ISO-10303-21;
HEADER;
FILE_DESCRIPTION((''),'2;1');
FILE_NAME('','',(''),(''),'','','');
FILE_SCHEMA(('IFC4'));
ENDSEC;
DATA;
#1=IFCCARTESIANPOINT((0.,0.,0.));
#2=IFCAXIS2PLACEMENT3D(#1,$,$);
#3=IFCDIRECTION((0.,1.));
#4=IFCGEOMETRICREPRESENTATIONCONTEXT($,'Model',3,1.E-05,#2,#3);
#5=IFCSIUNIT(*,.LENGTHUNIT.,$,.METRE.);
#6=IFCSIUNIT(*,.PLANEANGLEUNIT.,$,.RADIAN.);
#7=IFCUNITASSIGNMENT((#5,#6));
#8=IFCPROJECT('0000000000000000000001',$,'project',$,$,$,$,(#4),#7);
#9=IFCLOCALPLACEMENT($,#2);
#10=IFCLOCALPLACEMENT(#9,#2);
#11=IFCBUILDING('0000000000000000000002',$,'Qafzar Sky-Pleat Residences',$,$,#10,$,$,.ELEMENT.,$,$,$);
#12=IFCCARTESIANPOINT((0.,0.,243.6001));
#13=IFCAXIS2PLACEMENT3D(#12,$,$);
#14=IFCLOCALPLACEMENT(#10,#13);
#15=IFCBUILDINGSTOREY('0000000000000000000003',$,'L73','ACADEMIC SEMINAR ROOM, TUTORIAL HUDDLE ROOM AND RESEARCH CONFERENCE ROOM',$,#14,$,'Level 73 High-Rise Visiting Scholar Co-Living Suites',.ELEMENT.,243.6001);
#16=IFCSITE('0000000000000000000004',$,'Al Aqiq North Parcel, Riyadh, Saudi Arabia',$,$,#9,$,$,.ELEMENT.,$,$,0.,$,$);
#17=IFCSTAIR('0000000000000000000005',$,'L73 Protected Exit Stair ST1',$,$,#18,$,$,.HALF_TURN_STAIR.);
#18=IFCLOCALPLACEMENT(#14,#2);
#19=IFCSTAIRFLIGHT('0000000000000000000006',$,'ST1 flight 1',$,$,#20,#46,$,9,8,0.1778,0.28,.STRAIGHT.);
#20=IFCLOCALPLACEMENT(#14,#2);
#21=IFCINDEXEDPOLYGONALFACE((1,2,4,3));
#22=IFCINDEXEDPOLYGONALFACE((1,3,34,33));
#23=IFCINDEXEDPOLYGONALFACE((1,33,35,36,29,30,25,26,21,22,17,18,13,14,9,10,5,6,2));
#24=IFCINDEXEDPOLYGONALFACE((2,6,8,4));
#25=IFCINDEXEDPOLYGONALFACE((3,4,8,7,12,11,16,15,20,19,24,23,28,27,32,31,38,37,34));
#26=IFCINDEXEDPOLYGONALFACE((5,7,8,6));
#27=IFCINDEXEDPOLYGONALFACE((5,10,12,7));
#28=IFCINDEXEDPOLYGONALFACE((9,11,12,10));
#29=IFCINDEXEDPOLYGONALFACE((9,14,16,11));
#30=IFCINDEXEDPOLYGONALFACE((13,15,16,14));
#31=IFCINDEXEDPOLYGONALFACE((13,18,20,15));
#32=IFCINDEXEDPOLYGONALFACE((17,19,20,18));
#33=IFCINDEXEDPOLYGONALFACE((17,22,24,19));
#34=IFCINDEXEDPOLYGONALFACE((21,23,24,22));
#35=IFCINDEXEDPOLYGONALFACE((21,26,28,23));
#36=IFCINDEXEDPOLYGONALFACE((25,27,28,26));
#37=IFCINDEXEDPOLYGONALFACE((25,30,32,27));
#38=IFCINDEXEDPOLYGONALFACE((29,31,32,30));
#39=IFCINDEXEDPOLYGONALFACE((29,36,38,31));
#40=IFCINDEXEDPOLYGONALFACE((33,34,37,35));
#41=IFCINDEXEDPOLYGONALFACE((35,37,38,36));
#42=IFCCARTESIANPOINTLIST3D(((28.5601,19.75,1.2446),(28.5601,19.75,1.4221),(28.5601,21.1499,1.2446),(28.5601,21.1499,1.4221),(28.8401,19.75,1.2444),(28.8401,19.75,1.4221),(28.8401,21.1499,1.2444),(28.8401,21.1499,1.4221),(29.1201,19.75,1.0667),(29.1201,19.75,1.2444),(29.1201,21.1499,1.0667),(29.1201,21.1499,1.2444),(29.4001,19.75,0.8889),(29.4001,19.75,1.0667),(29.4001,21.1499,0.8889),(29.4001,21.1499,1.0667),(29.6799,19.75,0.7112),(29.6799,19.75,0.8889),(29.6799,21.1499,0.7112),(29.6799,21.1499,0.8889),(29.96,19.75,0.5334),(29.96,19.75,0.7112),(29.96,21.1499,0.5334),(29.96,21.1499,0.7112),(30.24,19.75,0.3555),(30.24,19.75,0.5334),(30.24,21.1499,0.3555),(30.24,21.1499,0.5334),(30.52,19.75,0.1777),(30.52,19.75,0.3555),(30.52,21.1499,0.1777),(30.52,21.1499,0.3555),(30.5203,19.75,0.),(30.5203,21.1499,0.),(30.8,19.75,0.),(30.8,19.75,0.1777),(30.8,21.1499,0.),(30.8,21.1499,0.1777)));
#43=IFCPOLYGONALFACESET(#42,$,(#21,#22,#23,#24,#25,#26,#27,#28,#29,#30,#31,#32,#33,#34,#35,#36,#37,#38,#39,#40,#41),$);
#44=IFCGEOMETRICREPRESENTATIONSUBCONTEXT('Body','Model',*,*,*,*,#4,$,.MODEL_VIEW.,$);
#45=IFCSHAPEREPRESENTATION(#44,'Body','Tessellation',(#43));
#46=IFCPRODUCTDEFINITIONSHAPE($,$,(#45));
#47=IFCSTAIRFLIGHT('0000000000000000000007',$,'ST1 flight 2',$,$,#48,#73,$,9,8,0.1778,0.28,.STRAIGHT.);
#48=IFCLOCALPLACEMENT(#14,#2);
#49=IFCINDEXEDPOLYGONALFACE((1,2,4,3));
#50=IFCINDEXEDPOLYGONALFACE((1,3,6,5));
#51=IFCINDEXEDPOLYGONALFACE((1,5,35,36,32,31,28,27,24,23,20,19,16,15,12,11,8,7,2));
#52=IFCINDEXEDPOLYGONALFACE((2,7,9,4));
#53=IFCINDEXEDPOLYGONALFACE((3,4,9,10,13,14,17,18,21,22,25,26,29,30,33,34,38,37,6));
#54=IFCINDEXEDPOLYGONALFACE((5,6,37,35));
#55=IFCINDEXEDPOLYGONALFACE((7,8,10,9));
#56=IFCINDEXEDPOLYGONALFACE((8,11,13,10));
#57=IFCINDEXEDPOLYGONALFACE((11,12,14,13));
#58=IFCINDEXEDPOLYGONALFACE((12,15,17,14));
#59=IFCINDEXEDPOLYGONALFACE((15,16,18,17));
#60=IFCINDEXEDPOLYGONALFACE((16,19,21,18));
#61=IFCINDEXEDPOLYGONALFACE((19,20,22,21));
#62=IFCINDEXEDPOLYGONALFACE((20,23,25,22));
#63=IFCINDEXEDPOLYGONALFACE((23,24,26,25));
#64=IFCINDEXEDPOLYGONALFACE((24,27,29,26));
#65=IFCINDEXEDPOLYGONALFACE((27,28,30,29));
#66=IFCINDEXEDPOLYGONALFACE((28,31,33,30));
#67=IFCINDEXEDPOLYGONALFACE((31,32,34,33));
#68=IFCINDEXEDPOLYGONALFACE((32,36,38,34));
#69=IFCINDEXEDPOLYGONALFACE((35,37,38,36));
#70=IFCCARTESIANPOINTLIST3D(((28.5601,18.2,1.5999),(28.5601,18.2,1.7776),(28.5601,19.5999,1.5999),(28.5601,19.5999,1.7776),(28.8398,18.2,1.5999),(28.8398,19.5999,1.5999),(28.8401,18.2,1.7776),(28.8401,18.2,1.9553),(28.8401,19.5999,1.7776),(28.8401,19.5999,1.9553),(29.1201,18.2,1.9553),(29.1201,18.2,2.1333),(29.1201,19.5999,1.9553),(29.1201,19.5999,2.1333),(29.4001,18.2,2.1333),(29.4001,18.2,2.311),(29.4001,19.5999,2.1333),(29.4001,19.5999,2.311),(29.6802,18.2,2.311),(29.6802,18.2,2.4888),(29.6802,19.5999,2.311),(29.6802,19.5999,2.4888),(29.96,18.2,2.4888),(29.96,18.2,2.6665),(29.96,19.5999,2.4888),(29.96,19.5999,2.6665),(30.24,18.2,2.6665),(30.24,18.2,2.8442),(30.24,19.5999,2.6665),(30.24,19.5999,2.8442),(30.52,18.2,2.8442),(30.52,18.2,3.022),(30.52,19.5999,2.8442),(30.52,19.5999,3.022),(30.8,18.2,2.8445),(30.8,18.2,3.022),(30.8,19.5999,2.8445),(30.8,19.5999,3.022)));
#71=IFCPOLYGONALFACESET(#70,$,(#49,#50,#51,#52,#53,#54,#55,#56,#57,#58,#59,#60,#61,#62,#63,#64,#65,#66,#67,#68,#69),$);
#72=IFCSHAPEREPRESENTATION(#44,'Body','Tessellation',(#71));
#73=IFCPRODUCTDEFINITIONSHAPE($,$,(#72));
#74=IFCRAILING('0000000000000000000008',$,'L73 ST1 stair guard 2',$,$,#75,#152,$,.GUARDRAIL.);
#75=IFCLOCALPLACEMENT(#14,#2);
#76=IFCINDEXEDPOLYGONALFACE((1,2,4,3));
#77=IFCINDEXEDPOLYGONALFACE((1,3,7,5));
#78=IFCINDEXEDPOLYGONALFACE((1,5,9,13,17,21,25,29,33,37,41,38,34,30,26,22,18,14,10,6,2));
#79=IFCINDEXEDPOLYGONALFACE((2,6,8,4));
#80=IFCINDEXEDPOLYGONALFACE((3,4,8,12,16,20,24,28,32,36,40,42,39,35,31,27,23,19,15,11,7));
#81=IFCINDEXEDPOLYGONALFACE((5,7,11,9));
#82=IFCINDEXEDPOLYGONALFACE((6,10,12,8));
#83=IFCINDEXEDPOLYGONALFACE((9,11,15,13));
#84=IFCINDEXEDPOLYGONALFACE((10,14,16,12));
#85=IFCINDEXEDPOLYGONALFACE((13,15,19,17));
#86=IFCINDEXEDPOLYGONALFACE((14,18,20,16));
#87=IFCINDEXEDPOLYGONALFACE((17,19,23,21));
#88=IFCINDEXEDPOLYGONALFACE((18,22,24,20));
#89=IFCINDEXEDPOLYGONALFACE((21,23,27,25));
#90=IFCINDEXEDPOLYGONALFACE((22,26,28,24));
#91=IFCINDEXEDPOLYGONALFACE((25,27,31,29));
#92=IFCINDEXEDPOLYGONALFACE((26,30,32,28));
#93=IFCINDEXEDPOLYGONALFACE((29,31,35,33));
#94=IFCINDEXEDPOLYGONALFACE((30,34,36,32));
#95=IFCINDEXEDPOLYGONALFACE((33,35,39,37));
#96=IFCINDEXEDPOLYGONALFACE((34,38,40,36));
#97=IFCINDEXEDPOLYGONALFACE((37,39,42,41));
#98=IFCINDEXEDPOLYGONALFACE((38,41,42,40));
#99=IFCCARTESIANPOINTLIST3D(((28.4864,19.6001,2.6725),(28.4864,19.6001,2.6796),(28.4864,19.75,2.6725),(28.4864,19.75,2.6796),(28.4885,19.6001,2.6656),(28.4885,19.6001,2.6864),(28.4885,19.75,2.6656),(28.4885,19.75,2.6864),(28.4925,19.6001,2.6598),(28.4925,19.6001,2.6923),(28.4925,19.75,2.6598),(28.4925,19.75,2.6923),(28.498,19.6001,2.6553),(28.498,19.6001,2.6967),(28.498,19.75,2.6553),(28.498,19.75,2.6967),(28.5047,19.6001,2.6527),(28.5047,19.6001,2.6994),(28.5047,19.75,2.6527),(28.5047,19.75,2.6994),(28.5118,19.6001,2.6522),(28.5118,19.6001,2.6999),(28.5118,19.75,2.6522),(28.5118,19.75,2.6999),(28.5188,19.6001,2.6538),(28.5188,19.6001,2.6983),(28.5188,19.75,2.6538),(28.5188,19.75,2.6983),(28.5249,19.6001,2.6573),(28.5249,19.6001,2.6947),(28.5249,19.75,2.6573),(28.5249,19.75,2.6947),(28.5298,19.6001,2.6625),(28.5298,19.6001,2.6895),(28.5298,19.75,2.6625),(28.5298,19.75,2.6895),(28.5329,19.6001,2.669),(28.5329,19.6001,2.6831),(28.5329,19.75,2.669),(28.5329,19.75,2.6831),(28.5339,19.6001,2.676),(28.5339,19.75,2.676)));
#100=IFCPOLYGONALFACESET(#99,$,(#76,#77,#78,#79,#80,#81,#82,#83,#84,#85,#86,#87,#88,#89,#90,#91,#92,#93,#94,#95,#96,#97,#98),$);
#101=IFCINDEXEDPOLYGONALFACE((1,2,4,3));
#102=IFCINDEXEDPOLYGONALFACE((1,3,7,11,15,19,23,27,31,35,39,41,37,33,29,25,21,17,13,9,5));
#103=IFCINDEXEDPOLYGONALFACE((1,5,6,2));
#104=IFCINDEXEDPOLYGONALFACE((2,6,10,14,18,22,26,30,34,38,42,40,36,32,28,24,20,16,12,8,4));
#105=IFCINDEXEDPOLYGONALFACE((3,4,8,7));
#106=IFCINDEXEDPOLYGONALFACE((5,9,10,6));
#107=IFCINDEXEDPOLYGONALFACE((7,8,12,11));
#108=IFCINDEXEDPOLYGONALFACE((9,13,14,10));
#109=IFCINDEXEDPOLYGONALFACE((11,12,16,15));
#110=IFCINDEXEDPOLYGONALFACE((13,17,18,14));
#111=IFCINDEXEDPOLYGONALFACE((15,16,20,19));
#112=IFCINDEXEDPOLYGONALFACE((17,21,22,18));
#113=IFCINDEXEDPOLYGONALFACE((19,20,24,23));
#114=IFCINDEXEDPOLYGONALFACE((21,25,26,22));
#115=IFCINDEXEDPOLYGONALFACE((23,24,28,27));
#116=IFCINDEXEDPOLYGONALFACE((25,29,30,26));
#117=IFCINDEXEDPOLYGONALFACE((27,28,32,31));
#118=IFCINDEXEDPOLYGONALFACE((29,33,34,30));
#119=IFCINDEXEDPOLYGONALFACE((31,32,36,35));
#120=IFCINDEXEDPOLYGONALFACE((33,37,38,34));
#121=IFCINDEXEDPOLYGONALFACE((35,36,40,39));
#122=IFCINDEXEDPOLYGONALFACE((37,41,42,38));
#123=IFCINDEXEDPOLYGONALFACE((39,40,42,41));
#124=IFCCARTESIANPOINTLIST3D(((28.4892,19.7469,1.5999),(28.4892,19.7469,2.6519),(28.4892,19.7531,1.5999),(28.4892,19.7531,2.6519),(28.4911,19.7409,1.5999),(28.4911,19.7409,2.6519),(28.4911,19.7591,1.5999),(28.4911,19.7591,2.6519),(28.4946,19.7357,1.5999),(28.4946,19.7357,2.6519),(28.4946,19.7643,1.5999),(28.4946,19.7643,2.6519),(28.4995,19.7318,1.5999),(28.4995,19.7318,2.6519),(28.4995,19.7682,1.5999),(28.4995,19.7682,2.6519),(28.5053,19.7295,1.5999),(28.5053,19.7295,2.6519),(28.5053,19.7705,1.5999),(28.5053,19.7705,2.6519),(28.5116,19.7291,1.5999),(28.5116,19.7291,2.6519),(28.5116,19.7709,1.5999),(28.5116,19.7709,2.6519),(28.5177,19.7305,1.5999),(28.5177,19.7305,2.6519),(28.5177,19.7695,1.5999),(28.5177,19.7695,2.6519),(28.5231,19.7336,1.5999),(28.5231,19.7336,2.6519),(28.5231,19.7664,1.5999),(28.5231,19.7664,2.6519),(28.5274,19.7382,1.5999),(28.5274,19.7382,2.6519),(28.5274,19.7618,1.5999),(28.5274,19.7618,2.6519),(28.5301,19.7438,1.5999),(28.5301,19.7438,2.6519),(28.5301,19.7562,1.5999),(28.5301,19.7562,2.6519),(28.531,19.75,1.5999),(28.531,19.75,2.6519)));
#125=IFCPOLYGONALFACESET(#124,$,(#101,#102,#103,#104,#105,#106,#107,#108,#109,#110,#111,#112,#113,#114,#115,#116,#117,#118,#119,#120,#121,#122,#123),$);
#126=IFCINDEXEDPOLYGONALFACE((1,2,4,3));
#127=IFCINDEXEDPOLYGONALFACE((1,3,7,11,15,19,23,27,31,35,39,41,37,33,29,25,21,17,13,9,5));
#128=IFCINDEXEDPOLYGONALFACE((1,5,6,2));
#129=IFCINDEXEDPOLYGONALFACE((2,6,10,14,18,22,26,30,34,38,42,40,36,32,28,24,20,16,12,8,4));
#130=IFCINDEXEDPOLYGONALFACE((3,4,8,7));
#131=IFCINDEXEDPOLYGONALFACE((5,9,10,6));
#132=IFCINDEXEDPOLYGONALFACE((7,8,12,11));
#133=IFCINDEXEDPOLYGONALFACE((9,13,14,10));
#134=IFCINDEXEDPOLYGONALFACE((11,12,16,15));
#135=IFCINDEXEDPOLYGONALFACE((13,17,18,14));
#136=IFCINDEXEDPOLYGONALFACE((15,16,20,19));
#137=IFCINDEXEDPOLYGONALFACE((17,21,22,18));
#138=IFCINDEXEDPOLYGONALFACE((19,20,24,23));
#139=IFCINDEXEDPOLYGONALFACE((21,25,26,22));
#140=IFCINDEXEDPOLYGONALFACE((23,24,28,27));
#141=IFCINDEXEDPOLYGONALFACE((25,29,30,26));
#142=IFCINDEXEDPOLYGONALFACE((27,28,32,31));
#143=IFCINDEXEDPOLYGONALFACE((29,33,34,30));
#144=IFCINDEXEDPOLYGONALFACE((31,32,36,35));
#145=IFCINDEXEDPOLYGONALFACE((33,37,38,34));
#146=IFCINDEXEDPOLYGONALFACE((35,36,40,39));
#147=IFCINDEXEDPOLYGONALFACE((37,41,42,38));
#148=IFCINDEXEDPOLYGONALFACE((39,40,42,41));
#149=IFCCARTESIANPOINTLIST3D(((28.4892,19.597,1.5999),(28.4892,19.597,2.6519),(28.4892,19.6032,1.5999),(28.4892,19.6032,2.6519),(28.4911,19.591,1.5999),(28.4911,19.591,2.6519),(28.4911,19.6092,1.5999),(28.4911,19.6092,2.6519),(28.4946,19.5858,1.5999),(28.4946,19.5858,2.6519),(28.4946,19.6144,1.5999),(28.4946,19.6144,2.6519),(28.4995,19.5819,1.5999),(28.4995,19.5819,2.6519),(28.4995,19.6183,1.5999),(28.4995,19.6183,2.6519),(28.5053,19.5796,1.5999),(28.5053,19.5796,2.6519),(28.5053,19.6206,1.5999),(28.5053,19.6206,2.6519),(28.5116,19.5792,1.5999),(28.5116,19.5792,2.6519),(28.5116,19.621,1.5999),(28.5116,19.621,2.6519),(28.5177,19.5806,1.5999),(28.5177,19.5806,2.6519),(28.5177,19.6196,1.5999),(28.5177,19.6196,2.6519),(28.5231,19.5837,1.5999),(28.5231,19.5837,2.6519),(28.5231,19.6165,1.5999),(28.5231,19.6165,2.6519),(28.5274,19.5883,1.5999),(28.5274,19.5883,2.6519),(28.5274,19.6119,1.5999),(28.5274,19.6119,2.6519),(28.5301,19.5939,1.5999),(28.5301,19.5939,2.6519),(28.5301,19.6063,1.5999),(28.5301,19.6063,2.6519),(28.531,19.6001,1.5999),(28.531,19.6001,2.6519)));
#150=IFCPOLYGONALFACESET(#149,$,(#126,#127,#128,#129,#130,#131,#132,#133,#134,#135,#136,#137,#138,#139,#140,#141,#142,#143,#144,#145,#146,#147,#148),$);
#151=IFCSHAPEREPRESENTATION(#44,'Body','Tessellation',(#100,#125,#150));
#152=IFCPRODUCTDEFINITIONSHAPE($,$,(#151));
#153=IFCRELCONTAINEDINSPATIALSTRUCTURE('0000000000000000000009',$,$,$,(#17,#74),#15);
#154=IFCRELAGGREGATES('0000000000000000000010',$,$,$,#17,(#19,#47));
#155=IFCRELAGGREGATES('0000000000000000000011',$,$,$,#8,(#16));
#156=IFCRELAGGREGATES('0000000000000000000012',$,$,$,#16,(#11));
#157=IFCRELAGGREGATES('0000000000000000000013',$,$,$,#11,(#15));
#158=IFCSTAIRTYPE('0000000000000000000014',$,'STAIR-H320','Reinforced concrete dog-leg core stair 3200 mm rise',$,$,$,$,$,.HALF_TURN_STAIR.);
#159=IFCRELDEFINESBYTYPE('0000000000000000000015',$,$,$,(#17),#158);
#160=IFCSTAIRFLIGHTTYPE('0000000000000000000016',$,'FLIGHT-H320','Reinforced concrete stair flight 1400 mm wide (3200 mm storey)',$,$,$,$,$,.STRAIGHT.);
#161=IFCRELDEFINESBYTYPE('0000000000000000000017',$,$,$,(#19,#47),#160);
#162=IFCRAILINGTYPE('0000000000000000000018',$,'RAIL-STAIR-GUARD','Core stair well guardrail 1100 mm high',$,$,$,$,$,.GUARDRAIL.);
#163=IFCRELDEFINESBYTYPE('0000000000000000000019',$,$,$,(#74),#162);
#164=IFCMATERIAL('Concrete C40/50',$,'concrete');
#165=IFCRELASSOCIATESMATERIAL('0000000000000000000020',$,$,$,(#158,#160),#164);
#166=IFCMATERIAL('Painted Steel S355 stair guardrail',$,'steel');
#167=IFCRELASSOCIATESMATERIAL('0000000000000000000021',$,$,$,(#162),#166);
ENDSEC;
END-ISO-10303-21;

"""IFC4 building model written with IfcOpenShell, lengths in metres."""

from ifc_helpers import new_model, si_unit, direction, frame, origin, origin_2d, place, context, subcontext, project, spatial, polyline, circle, outline, extrude, source, transform, mapped, material, type_object, element, aggregate, save


model = new_model("IFC4")

# Units and contexts
model_context = context("Model", 3, precision=1e-05, world=origin(), true_north=direction((0.0, 1.0)))
body_context = subcontext(model_context, "Body", "Model", "MODEL_VIEW")
ifc_project = project(units=[si_unit("LENGTHUNIT", "METRE"), si_unit("PLANEANGLEUNIT", "RADIAN")], contexts=[model_context])

# Site, building, storey
site_placement = place(None, origin())
site = spatial("IfcSite", under=ifc_project, at=site_placement, Name="Al Aqiq North Parcel, Riyadh, Saudi Arabia", CompositionType="ELEMENT", RefElevation=0.0)
building_placement = place(site_placement, origin())
building = spatial("IfcBuilding", under=site, at=building_placement, Name="Qafzar Sky-Pleat Residences", CompositionType="ELEMENT")
storey_placement = place(building_placement, frame((0.0, 0.0, 243.6001)))
storey = spatial("IfcBuildingStorey", under=building, at=storey_placement, Name="L73", Description="ACADEMIC SEMINAR ROOM, TUTORIAL HUDDLE ROOM AND RESEARCH CONFERENCE ROOM", LongName="Level 73 High-Rise Visiting Scholar Co-Living Suites", CompositionType="ELEMENT", Elevation=243.6001)

# Stair, stair flights
ifc_material_1 = material(Name="Concrete C40/50", Category="concrete")
stair_type = type_object("IfcStairType", Name="STAIR-H320", Description="Reinforced concrete dog-leg core stair 3200 mm rise", PredefinedType="HALF_TURN_STAIR", material=ifc_material_1)
stair_placement = place(storey_placement, origin())
stair = element("IfcStair", 1, at=stair_placement, inside=storey, type_object=stair_type, Name="L73 Protected Exit Stair ST1", PredefinedType="HALF_TURN_STAIR")
stair_flight_type = type_object("IfcStairFlightType", Name="FLIGHT-H320", Description="Reinforced concrete stair flight 1400 mm wide (3200 mm storey)", PredefinedType="STRAIGHT", material=ifc_material_1)
shared_shape_1 = source(origin(), body_context, "Body", "SweptSolid", [
    extrude(outline(polyline([(0.0, 0.0), (0.0, 0.1777), (0.28, 0.1777), (0.28, 0.3555), (0.5601, 0.3555), (0.5601, 0.5334), (0.8401, 0.5334), (0.8401, 0.7112), (1.1201, 0.7112), (1.1201, 0.8889), (1.3999, 0.8889), (1.3999, 1.0667), (1.6799, 1.0667), (1.6799, 1.2444), (1.96, 1.2444), (1.96, 1.4221), (2.24, 1.4221), (2.24, 1.6001), (2.24, 1.2446), (0.2798, 0.0), (0.0, 0.0)])), frame((0.0, 0.7, 0.0), z_axis=(0.0, -1.0, 0.0), x_axis=(1.0, 0.0, 0.0)), (0.0, 0.0, 1.0), 1.3999),
])
stair_flight_1_placement = place(storey_placement, frame((30.8, 20.45, 0.0), z_axis=(0.0, 0.0, 1.0), x_axis=(-1.0, 0.0, 0.0)))
stair_flight_1 = element("IfcStairFlight", 2, at=stair_flight_1_placement, type_object=stair_flight_type, Name="ST1 flight 1", NumberOfRisers=9, NumberOfTreads=8, PredefinedType="STRAIGHT", RiserHeight=0.1778, TreadLength=0.28, context=body_context, shape_type="MappedRepresentation", body=[
    mapped(shared_shape_1, transform((0.0, 0.0, 0.0), x_axis=(1.0, 0.0, 0.0), y_axis=(0.0, 1.0, 0.0), z_axis=(0.0, 0.0, 1.0), scale=1.0)),
])
stair_flight_2_placement = place(storey_placement, frame((28.5601, 18.8999, 1.5999), z_axis=(0.0, 0.0, 1.0), x_axis=(1.0, 0.0, 0.0)))
stair_flight_2 = element("IfcStairFlight", 3, at=stair_flight_2_placement, type_object=stair_flight_type, Name="ST1 flight 2", NumberOfRisers=9, NumberOfTreads=8, PredefinedType="STRAIGHT", RiserHeight=0.1778, TreadLength=0.28, context=body_context, shape_type="MappedRepresentation", body=[
    mapped(shared_shape_1, transform((0.0, 0.0, 0.0), x_axis=(1.0, 0.0, 0.0), y_axis=(0.0, 1.0, 0.0), z_axis=(0.0, 0.0, 1.0), scale=1.0)),
])
aggregate(stair, [stair_flight_1, stair_flight_2])

# Railing
ifc_material_2 = material(Name="Painted Steel S355 stair guardrail", Category="steel")
railing_type_1 = type_object("IfcRailingType", Name="RAIL-STAIR-GUARD", Description="Core stair well guardrail 1100 mm high", PredefinedType="GUARDRAIL", material=ifc_material_2)
shared_shape_2 = source(origin(), body_context, "Body", "SweptSolid", [
    extrude(circle(Radius=0.0239, at=origin_2d()), frame((0.0, 0.0, 1.0762), z_axis=(0.0, -1.0, 0.0), x_axis=(1.0, 0.0, 0.0)), (0.0, 0.0, 1.0), 0.1499),
    extrude(circle(Radius=0.021, at=origin_2d()), origin(), (0.0, 0.0, 1.0), 1.052),
    extrude(circle(Radius=0.021, at=origin_2d()), frame((0.0, -0.1499, 0.0)), (0.0, 0.0, 1.0), 1.052),
])
for number, where, name in (
    (4, (28.51, 19.75, 1.5999), "L73 ST1 stair guard 2"),
):
    element("IfcRailing", number, at=place(storey_placement, frame(where)), inside=storey, type_object=railing_type_1, Name=name, PredefinedType="GUARDRAIL", context=body_context, shape_type="MappedRepresentation", body=[
        mapped(shared_shape_2, transform((0.0, 0.0, 0.0), x_axis=(1.0, 0.0, 0.0), y_axis=(0.0, 1.0, 0.0), z_axis=(0.0, 0.0, 1.0), scale=1.0)),
    ])

save(model, "model.ifc")
